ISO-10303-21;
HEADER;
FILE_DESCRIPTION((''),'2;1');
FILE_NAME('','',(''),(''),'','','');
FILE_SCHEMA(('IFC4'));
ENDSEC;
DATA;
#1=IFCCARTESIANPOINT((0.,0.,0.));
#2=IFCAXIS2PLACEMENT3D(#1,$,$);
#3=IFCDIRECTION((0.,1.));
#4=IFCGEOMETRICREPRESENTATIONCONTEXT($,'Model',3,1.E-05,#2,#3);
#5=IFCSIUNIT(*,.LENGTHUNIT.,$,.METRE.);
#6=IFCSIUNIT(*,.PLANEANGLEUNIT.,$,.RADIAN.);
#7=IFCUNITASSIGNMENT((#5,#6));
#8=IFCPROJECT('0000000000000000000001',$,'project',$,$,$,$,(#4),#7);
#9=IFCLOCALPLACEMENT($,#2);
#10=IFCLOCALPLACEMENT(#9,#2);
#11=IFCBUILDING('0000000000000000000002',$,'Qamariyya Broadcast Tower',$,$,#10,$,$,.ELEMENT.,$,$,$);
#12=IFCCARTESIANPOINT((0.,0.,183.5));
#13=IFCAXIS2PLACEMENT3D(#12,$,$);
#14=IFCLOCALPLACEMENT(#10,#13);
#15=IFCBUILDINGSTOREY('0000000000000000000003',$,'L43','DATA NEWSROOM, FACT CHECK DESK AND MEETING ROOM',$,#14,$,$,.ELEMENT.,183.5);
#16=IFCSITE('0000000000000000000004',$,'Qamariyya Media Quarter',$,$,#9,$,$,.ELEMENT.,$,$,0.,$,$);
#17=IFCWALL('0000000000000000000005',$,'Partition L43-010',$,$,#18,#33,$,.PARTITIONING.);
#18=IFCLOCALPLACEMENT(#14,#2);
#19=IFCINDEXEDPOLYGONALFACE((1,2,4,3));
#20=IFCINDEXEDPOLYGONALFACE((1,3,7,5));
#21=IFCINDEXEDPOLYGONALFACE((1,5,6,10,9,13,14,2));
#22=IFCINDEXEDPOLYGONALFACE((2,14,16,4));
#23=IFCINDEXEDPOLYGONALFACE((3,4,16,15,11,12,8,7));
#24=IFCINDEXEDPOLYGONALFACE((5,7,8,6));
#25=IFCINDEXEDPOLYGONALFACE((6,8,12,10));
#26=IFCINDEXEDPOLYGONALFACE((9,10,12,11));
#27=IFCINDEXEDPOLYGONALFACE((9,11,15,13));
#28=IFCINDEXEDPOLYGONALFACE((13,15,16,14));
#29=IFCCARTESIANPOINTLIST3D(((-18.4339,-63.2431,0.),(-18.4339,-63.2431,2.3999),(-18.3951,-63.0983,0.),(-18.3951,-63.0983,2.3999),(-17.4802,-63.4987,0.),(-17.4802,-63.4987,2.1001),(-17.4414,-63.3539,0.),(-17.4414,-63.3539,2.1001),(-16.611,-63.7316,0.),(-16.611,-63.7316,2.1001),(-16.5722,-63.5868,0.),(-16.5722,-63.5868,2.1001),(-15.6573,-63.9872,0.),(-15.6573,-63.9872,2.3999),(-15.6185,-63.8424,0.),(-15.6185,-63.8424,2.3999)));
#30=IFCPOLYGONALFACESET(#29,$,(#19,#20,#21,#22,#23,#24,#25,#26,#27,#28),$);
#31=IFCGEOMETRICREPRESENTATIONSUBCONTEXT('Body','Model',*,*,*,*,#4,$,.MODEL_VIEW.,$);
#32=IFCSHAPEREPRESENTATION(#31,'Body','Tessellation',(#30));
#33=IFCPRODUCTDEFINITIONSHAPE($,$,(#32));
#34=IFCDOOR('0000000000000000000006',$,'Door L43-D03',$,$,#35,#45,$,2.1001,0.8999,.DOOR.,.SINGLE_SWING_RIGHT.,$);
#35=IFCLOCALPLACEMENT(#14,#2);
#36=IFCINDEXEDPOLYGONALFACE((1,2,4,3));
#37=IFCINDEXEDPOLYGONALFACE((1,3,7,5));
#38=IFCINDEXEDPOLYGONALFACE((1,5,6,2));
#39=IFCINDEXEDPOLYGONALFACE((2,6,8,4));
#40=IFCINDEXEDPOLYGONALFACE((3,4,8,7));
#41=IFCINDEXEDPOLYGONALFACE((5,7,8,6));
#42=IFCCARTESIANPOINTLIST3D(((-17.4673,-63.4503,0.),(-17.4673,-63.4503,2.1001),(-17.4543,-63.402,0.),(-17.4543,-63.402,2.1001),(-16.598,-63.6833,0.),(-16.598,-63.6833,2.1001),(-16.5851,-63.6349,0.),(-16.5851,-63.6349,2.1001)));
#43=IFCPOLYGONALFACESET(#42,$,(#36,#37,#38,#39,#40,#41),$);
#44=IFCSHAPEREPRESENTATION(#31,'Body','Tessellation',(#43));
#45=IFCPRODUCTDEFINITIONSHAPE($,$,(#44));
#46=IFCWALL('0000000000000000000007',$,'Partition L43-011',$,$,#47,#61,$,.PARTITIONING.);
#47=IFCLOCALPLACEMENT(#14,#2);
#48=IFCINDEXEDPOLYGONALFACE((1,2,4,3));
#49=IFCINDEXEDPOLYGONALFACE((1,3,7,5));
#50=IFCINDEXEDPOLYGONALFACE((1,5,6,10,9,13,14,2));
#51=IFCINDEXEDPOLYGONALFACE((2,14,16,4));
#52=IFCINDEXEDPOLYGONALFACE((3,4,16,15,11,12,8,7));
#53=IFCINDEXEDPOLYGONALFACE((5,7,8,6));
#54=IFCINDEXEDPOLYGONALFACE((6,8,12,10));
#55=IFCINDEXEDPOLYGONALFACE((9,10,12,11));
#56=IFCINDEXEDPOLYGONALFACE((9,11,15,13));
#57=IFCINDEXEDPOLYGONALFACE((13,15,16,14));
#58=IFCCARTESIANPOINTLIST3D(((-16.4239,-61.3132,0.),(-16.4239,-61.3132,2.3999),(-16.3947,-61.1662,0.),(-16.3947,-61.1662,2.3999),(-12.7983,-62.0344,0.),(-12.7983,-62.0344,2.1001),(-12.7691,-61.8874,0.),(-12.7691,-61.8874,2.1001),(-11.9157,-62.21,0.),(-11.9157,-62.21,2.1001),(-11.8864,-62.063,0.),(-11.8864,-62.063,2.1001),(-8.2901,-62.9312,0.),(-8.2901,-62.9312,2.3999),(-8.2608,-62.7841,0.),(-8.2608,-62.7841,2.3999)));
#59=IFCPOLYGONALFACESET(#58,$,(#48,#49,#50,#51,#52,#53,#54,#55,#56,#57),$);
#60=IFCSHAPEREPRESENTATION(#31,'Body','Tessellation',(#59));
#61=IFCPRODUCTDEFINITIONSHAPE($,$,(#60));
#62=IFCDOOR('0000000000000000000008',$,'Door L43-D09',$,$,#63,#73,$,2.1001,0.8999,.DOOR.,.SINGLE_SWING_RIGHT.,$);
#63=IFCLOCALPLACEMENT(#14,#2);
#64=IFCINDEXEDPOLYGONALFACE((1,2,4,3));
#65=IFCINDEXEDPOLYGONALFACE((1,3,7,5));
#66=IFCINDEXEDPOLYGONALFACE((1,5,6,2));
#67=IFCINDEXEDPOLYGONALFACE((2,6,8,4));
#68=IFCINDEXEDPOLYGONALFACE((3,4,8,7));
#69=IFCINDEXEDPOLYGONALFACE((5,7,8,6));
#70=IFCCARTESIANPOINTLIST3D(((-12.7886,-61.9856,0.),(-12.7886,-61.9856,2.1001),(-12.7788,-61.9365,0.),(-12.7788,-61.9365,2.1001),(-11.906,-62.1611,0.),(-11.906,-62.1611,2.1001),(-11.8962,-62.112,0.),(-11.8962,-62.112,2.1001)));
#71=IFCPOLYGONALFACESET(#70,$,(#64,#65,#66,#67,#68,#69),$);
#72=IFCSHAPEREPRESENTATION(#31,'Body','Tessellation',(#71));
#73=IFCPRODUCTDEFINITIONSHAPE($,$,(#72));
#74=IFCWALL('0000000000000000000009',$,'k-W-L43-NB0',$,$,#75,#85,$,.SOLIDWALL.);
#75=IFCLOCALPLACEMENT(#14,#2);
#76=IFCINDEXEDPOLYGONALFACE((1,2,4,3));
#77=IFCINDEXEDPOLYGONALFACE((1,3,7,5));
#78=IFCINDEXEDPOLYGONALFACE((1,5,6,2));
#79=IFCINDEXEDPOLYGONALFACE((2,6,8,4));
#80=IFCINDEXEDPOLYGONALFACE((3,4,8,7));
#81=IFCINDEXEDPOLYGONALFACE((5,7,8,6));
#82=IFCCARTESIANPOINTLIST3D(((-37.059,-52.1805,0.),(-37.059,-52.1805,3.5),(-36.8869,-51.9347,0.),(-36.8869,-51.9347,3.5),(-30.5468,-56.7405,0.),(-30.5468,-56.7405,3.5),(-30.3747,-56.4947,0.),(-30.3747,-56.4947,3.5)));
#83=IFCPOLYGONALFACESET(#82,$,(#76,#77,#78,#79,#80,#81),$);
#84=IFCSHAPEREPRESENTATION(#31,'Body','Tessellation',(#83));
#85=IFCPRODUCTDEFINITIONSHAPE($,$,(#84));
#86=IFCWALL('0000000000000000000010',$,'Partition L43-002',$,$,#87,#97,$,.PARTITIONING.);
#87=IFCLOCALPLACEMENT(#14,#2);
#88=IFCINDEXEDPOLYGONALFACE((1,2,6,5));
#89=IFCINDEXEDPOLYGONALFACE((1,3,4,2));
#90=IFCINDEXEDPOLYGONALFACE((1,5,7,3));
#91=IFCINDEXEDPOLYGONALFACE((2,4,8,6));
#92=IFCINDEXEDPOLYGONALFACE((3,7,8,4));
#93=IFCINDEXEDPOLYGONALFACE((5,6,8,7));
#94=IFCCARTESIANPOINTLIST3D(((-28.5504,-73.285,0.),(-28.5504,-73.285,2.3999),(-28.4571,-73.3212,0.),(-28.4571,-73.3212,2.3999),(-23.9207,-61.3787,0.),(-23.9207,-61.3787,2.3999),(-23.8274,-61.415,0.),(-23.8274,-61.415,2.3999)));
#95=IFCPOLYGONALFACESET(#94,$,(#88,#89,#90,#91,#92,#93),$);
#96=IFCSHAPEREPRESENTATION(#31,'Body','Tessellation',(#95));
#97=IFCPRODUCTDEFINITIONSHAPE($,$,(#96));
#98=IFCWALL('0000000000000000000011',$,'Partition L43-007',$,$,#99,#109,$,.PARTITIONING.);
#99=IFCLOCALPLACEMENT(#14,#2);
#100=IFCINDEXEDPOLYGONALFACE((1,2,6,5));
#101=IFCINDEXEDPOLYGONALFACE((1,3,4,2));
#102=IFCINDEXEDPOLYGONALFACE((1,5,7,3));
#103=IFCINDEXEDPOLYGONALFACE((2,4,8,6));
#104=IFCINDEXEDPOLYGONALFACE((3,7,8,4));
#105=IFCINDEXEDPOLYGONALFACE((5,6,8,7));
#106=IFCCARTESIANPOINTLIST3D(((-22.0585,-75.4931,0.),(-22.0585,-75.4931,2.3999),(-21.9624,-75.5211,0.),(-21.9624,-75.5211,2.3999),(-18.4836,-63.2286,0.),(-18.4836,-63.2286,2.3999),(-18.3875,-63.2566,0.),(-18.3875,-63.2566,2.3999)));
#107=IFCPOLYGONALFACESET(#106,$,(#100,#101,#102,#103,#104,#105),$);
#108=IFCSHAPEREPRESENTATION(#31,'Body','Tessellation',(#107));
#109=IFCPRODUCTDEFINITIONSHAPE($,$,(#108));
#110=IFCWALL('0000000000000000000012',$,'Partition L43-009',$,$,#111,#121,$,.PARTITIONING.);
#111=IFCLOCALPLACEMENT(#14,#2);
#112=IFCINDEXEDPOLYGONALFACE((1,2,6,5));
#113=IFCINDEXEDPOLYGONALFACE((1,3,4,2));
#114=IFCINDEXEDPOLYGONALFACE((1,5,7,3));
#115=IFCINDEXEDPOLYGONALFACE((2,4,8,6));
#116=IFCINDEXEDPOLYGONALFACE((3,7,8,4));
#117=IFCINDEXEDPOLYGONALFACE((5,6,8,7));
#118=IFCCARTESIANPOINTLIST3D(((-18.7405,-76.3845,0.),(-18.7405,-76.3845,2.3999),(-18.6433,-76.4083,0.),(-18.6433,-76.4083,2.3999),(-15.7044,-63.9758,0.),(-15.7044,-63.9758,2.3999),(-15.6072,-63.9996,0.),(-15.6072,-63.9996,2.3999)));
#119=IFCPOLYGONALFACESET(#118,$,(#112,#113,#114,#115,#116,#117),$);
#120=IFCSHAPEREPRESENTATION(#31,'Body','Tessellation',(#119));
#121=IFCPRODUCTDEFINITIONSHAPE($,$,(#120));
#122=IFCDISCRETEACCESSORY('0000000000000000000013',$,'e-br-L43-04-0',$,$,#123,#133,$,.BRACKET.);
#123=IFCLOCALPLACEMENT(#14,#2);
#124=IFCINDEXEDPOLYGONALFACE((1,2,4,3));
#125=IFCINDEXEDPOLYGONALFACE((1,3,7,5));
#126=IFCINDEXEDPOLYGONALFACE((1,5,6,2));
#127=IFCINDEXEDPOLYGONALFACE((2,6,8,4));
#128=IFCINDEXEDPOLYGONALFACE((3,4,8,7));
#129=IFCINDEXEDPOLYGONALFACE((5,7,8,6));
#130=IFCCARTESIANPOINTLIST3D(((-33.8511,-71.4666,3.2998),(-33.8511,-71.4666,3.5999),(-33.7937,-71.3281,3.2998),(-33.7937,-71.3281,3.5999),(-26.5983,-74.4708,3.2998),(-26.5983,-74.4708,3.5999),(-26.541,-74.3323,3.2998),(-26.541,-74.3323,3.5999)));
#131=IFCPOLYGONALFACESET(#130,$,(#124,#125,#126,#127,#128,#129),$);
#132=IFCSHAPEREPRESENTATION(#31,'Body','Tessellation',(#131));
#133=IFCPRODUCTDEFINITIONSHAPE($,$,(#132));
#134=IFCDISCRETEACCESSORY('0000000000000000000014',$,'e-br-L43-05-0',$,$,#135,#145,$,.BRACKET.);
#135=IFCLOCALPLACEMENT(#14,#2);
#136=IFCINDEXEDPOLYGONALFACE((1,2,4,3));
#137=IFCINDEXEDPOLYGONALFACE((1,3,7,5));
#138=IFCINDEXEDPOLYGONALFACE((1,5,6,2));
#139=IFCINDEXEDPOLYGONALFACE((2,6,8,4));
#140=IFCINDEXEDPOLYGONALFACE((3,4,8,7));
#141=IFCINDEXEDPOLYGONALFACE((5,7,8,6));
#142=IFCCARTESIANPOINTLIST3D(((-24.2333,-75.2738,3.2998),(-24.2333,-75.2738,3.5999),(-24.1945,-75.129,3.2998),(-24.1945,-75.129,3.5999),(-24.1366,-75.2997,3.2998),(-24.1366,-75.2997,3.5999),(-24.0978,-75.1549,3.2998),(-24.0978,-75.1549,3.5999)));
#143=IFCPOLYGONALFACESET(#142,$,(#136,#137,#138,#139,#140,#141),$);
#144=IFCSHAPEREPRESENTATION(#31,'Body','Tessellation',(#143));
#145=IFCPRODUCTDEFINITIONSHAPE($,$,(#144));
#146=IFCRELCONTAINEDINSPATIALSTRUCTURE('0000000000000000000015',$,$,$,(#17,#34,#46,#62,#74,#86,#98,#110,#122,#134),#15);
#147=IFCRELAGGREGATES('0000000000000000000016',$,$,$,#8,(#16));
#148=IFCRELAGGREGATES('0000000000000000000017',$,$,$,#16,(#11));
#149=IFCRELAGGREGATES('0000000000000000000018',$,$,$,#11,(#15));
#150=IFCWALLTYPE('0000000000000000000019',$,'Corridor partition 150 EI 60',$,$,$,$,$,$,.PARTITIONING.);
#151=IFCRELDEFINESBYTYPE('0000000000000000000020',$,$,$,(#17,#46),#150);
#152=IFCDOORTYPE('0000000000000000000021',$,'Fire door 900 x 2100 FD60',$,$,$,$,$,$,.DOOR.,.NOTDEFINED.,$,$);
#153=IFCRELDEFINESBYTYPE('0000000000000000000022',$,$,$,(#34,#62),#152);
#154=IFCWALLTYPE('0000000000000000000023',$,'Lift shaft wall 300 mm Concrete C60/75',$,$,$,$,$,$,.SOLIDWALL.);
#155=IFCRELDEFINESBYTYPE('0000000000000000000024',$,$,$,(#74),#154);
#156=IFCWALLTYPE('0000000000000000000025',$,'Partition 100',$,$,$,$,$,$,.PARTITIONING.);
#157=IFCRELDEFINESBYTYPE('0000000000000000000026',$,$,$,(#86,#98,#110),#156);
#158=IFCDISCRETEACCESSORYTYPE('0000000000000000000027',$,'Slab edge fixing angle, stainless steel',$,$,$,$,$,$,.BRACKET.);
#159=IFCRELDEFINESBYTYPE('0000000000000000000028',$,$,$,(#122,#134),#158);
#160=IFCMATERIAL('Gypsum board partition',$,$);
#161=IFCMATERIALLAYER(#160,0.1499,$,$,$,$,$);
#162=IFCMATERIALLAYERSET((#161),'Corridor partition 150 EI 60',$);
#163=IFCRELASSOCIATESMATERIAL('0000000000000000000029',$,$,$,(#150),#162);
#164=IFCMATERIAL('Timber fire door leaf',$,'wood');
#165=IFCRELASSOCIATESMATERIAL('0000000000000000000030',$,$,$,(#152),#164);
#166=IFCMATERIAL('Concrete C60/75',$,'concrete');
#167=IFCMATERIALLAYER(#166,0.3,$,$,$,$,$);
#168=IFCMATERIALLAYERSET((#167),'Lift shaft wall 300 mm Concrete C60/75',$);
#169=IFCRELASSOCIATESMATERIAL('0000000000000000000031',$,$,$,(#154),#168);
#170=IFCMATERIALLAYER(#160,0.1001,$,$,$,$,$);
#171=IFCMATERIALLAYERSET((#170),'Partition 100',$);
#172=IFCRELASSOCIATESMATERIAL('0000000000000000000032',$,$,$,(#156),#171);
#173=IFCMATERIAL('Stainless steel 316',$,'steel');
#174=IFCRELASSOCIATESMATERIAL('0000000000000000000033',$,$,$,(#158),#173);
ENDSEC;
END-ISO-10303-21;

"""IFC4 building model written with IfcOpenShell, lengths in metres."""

from ifc_helpers import new_model, si_unit, direction, frame, frame_2d, origin, origin_2d, place, context, subcontext, project, spatial, rectangle, extrude, material, layer, layer_set, type_object, element, fill, save


model = new_model("IFC4")

# Units and contexts
model_context = context("Model", 3, precision=1e-05, world=origin(), true_north=direction((0.0, 1.0)))
body_context = subcontext(model_context, "Body", "Model", "MODEL_VIEW")
ifc_project = project(units=[si_unit("LENGTHUNIT", "METRE"), si_unit("PLANEANGLEUNIT", "RADIAN")], contexts=[model_context])

# Site, building, storey
site_placement = place(None, origin())
site = spatial("IfcSite", under=ifc_project, at=site_placement, Name="Qamariyya Media Quarter", CompositionType="ELEMENT", RefElevation=0.0)
building_placement = place(site_placement, origin())
building = spatial("IfcBuilding", under=site, at=building_placement, Name="Qamariyya Broadcast Tower", CompositionType="ELEMENT")
storey_placement = place(building_placement, frame((0.0, 0.0, 183.5)))
storey = spatial("IfcBuildingStorey", under=building, at=storey_placement, Name="L43", Description="DATA NEWSROOM, FACT CHECK DESK AND MEETING ROOM", CompositionType="ELEMENT", Elevation=183.5)

# Shared definitions
ifc_material_1 = material(Name="Concrete C60/75", Category="concrete")

# Shared definitions
ifc_material_2 = material(Name="Gypsum board partition")
ifc_layer_1 = layer(ifc_material_2, 0.1499)
ifc_layer_set_1 = layer_set([ifc_layer_1], Name="Corridor partition 150 EI 60")
wall_type_1 = type_object("IfcWallType", Name="Corridor partition 150 EI 60", PredefinedType="PARTITIONING", material=ifc_layer_set_1)
ifc_material_3 = material(Name="Timber fire door leaf", Category="wood")

# Walls, openings, doors
wall_1_placement = place(storey_placement, frame((-15.6379, -63.9148, 0.0), z_axis=(0.0, 0.0, 1.0), x_axis=(-0.965913, 0.258868, 0.0)))
wall_1 = element("IfcWall", 1, at=wall_1_placement, inside=storey, type_object=wall_type_1, Name="Partition L43-010", PredefinedType="PARTITIONING", context=body_context, shape_type="SweptSolid", body=[
    extrude(rectangle(XDim=2.8745, YDim=0.1499, at=frame_2d((1.4373, 0.0))), origin(), (0.0, 0.0, 1.0), 2.3999),
])
opening_1_placement = place(wall_1_placement, frame((0.9873, 0.0, 0.0)))
opening_1 = element("IfcOpeningElement", 2, at=opening_1_placement, cuts=wall_1, PredefinedType="OPENING", context=body_context, shape_type="SweptSolid", body=[
    extrude(rectangle(XDim=0.8999, YDim=2.1001, at=frame_2d((0.45, 1.05))), frame((0.0, 0.085, 0.0), z_axis=(0.0, -1.0, 0.0), x_axis=(1.0, 0.0, 0.0)), (0.0, 0.0, 1.0), 0.1699),
])
door_type_1 = type_object("IfcDoorType", Name="Fire door 900 x 2100 FD60", OperationType="NOTDEFINED", PredefinedType="DOOR", material=ifc_material_3)
door_1_placement = place(opening_1_placement, origin())
door_1 = element("IfcDoor", 3, at=door_1_placement, inside=storey, type_object=door_type_1, Name="Door L43-D03", OperationType="SINGLE_SWING_RIGHT", OverallHeight=2.1001, OverallWidth=0.8999, PredefinedType="DOOR", context=body_context, shape_type="SweptSolid", body=[
    extrude(rectangle(XDim=0.8999, YDim=2.1001, at=frame_2d((0.45, 1.05))), frame((0.0, 0.0249, 0.0), z_axis=(0.0, -1.0, 0.0), x_axis=(1.0, 0.0, 0.0)), (0.0, 0.0, 1.0), 0.05),
])
fill(opening_1, door_1)
wall_2_placement = place(storey_placement, frame((-16.4092, -61.2397, 0.0), z_axis=(0.0, 0.0, 1.0), x_axis=(0.980785, -0.195091, 0.0)))
wall_2 = element("IfcWall", 4, at=wall_2_placement, inside=storey, type_object=wall_type_1, Name="Partition L43-011", PredefinedType="PARTITIONING", context=body_context, shape_type="SweptSolid", body=[
    extrude(rectangle(XDim=8.2932, YDim=0.1499, at=frame_2d((4.1465, 0.0))), origin(), (0.0, 0.0, 1.0), 2.3999),
])
opening_2_placement = place(wall_2_placement, frame((3.6965, 0.0, 0.0)))
opening_2 = element("IfcOpeningElement", 5, at=opening_2_placement, cuts=wall_2, PredefinedType="OPENING", context=body_context, shape_type="SweptSolid", body=[
    extrude(rectangle(XDim=0.8999, YDim=2.1001, at=frame_2d((0.45, 1.05))), frame((0.0, 0.085, 0.0), z_axis=(0.0, -1.0, 0.0), x_axis=(1.0, 0.0, 0.0)), (0.0, 0.0, 1.0), 0.1699),
])
door_2_placement = place(opening_2_placement, origin())
door_2 = element("IfcDoor", 6, at=door_2_placement, inside=storey, type_object=door_type_1, Name="Door L43-D09", OperationType="SINGLE_SWING_RIGHT", OverallHeight=2.1001, OverallWidth=0.8999, PredefinedType="DOOR", context=body_context, shape_type="SweptSolid", body=[
    extrude(rectangle(XDim=0.8999, YDim=2.1001, at=frame_2d((0.45, 1.05))), frame((0.0, 0.0249, 0.0), z_axis=(0.0, -1.0, 0.0), x_axis=(1.0, 0.0, 0.0)), (0.0, 0.0, 1.0), 0.05),
])
fill(opening_2, door_2)

# Walls
ifc_layer_2 = layer(ifc_material_1, 0.3)
ifc_layer_set_2 = layer_set([ifc_layer_2], Name="Lift shaft wall 300 mm Concrete C60/75")
wall_type_2 = type_object("IfcWallType", Name="Lift shaft wall 300 mm Concrete C60/75", PredefinedType="SOLIDWALL", material=ifc_layer_set_2)
wall_3_placement = place(storey_placement, frame((-30.4607, -56.6177, 0.0), z_axis=(0.0, 0.0, 1.0), x_axis=(-0.819142, 0.57359, 0.0)))
element("IfcWall", 7, at=wall_3_placement, inside=storey, type_object=wall_type_2, Name="k-W-L43-NB0", PredefinedType="SOLIDWALL", context=body_context, shape_type="SweptSolid", body=[
    extrude(rectangle(XDim=7.95, YDim=0.3, at=frame_2d((3.9751, 0.0))), origin(), (0.0, 0.0, 1.0), 3.5),
])
ifc_layer_3 = layer(ifc_material_2, 0.1001)
ifc_layer_set_3 = layer_set([ifc_layer_3], Name="Partition 100")
wall_type_3 = type_object("IfcWallType", Name="Partition 100", PredefinedType="PARTITIONING", material=ifc_layer_set_3)
wall_4_placement = place(storey_placement, frame((-28.5037, -73.303, 0.0), z_axis=(0.0, 0.0, 1.0), x_axis=(0.362408, 0.93202, 0.0)))
element("IfcWall", 8, at=wall_4_placement, inside=storey, type_object=wall_type_3, Name="Partition L43-002", PredefinedType="PARTITIONING", context=body_context, shape_type="SweptSolid", body=[
    extrude(rectangle(XDim=12.7747, YDim=0.1001, at=frame_2d((6.3872, 0.0))), origin(), (0.0, 0.0, 1.0), 2.3999),
])
wall_5_placement = place(storey_placement, frame((-22.0105, -75.5071, 0.0), z_axis=(0.0, 0.0, 1.0), x_axis=(0.279844, 0.960046, 0.0)))
element("IfcWall", 9, at=wall_5_placement, inside=storey, type_object=wall_type_3, Name="Partition L43-007", PredefinedType="PARTITIONING", context=body_context, shape_type="SweptSolid", body=[
    extrude(rectangle(XDim=12.7749, YDim=0.1001, at=frame_2d((6.3875, 0.0))), origin(), (0.0, 0.0, 1.0), 2.3999),
])
wall_6_placement = place(storey_placement, frame((-18.6919, -76.3962, 0.0), z_axis=(0.0, 0.0, 1.0), x_axis=(0.237667, 0.971347, 0.0)))
element("IfcWall", 10, at=wall_6_placement, inside=storey, type_object=wall_type_3, Name="Partition L43-009", PredefinedType="PARTITIONING", context=body_context, shape_type="SweptSolid", body=[
    extrude(rectangle(XDim=12.7747, YDim=0.1001, at=frame_2d((6.3872, 0.0))), origin(), (0.0, 0.0, 1.0), 2.3999),
])

# Discrete accessories
ifc_material_4 = material(Name="Stainless steel 316", Category="steel")
discrete_accessory_type = type_object("IfcDiscreteAccessoryType", Name="Slab edge fixing angle, stainless steel", PredefinedType="BRACKET", material=ifc_material_4)
discrete_accessory_1_placement = place(storey_placement, frame((-30.196, -72.8994, 3.2998), z_axis=(0.0, 0.0, 1.0), x_axis=(0.92388, -0.382683, 0.0)))
element("IfcDiscreteAccessory", 11, at=discrete_accessory_1_placement, inside=storey, type_object=discrete_accessory_type, Name="e-br-L43-04-0", PredefinedType="BRACKET", context=body_context, shape_type="SweptSolid", body=[
    extrude(rectangle(XDim=7.8503, YDim=0.1499, at=origin_2d()), origin(), (0.0, 0.0, 1.0), 0.3),
])
discrete_accessory_2_placement = place(storey_placement, frame((-24.1655, -75.2144, 3.2998), z_axis=(0.0, 0.0, 1.0), x_axis=(0.965926, -0.258819, 0.0)))
element("IfcDiscreteAccessory", 12, at=discrete_accessory_2_placement, inside=storey, type_object=discrete_accessory_type, Name="e-br-L43-05-0", PredefinedType="BRACKET", context=body_context, shape_type="SweptSolid", body=[
    extrude(rectangle(XDim=0.1001, YDim=0.1499, at=origin_2d()), origin(), (0.0, 0.0, 1.0), 0.3),
])

save(model, "model.ifc")
